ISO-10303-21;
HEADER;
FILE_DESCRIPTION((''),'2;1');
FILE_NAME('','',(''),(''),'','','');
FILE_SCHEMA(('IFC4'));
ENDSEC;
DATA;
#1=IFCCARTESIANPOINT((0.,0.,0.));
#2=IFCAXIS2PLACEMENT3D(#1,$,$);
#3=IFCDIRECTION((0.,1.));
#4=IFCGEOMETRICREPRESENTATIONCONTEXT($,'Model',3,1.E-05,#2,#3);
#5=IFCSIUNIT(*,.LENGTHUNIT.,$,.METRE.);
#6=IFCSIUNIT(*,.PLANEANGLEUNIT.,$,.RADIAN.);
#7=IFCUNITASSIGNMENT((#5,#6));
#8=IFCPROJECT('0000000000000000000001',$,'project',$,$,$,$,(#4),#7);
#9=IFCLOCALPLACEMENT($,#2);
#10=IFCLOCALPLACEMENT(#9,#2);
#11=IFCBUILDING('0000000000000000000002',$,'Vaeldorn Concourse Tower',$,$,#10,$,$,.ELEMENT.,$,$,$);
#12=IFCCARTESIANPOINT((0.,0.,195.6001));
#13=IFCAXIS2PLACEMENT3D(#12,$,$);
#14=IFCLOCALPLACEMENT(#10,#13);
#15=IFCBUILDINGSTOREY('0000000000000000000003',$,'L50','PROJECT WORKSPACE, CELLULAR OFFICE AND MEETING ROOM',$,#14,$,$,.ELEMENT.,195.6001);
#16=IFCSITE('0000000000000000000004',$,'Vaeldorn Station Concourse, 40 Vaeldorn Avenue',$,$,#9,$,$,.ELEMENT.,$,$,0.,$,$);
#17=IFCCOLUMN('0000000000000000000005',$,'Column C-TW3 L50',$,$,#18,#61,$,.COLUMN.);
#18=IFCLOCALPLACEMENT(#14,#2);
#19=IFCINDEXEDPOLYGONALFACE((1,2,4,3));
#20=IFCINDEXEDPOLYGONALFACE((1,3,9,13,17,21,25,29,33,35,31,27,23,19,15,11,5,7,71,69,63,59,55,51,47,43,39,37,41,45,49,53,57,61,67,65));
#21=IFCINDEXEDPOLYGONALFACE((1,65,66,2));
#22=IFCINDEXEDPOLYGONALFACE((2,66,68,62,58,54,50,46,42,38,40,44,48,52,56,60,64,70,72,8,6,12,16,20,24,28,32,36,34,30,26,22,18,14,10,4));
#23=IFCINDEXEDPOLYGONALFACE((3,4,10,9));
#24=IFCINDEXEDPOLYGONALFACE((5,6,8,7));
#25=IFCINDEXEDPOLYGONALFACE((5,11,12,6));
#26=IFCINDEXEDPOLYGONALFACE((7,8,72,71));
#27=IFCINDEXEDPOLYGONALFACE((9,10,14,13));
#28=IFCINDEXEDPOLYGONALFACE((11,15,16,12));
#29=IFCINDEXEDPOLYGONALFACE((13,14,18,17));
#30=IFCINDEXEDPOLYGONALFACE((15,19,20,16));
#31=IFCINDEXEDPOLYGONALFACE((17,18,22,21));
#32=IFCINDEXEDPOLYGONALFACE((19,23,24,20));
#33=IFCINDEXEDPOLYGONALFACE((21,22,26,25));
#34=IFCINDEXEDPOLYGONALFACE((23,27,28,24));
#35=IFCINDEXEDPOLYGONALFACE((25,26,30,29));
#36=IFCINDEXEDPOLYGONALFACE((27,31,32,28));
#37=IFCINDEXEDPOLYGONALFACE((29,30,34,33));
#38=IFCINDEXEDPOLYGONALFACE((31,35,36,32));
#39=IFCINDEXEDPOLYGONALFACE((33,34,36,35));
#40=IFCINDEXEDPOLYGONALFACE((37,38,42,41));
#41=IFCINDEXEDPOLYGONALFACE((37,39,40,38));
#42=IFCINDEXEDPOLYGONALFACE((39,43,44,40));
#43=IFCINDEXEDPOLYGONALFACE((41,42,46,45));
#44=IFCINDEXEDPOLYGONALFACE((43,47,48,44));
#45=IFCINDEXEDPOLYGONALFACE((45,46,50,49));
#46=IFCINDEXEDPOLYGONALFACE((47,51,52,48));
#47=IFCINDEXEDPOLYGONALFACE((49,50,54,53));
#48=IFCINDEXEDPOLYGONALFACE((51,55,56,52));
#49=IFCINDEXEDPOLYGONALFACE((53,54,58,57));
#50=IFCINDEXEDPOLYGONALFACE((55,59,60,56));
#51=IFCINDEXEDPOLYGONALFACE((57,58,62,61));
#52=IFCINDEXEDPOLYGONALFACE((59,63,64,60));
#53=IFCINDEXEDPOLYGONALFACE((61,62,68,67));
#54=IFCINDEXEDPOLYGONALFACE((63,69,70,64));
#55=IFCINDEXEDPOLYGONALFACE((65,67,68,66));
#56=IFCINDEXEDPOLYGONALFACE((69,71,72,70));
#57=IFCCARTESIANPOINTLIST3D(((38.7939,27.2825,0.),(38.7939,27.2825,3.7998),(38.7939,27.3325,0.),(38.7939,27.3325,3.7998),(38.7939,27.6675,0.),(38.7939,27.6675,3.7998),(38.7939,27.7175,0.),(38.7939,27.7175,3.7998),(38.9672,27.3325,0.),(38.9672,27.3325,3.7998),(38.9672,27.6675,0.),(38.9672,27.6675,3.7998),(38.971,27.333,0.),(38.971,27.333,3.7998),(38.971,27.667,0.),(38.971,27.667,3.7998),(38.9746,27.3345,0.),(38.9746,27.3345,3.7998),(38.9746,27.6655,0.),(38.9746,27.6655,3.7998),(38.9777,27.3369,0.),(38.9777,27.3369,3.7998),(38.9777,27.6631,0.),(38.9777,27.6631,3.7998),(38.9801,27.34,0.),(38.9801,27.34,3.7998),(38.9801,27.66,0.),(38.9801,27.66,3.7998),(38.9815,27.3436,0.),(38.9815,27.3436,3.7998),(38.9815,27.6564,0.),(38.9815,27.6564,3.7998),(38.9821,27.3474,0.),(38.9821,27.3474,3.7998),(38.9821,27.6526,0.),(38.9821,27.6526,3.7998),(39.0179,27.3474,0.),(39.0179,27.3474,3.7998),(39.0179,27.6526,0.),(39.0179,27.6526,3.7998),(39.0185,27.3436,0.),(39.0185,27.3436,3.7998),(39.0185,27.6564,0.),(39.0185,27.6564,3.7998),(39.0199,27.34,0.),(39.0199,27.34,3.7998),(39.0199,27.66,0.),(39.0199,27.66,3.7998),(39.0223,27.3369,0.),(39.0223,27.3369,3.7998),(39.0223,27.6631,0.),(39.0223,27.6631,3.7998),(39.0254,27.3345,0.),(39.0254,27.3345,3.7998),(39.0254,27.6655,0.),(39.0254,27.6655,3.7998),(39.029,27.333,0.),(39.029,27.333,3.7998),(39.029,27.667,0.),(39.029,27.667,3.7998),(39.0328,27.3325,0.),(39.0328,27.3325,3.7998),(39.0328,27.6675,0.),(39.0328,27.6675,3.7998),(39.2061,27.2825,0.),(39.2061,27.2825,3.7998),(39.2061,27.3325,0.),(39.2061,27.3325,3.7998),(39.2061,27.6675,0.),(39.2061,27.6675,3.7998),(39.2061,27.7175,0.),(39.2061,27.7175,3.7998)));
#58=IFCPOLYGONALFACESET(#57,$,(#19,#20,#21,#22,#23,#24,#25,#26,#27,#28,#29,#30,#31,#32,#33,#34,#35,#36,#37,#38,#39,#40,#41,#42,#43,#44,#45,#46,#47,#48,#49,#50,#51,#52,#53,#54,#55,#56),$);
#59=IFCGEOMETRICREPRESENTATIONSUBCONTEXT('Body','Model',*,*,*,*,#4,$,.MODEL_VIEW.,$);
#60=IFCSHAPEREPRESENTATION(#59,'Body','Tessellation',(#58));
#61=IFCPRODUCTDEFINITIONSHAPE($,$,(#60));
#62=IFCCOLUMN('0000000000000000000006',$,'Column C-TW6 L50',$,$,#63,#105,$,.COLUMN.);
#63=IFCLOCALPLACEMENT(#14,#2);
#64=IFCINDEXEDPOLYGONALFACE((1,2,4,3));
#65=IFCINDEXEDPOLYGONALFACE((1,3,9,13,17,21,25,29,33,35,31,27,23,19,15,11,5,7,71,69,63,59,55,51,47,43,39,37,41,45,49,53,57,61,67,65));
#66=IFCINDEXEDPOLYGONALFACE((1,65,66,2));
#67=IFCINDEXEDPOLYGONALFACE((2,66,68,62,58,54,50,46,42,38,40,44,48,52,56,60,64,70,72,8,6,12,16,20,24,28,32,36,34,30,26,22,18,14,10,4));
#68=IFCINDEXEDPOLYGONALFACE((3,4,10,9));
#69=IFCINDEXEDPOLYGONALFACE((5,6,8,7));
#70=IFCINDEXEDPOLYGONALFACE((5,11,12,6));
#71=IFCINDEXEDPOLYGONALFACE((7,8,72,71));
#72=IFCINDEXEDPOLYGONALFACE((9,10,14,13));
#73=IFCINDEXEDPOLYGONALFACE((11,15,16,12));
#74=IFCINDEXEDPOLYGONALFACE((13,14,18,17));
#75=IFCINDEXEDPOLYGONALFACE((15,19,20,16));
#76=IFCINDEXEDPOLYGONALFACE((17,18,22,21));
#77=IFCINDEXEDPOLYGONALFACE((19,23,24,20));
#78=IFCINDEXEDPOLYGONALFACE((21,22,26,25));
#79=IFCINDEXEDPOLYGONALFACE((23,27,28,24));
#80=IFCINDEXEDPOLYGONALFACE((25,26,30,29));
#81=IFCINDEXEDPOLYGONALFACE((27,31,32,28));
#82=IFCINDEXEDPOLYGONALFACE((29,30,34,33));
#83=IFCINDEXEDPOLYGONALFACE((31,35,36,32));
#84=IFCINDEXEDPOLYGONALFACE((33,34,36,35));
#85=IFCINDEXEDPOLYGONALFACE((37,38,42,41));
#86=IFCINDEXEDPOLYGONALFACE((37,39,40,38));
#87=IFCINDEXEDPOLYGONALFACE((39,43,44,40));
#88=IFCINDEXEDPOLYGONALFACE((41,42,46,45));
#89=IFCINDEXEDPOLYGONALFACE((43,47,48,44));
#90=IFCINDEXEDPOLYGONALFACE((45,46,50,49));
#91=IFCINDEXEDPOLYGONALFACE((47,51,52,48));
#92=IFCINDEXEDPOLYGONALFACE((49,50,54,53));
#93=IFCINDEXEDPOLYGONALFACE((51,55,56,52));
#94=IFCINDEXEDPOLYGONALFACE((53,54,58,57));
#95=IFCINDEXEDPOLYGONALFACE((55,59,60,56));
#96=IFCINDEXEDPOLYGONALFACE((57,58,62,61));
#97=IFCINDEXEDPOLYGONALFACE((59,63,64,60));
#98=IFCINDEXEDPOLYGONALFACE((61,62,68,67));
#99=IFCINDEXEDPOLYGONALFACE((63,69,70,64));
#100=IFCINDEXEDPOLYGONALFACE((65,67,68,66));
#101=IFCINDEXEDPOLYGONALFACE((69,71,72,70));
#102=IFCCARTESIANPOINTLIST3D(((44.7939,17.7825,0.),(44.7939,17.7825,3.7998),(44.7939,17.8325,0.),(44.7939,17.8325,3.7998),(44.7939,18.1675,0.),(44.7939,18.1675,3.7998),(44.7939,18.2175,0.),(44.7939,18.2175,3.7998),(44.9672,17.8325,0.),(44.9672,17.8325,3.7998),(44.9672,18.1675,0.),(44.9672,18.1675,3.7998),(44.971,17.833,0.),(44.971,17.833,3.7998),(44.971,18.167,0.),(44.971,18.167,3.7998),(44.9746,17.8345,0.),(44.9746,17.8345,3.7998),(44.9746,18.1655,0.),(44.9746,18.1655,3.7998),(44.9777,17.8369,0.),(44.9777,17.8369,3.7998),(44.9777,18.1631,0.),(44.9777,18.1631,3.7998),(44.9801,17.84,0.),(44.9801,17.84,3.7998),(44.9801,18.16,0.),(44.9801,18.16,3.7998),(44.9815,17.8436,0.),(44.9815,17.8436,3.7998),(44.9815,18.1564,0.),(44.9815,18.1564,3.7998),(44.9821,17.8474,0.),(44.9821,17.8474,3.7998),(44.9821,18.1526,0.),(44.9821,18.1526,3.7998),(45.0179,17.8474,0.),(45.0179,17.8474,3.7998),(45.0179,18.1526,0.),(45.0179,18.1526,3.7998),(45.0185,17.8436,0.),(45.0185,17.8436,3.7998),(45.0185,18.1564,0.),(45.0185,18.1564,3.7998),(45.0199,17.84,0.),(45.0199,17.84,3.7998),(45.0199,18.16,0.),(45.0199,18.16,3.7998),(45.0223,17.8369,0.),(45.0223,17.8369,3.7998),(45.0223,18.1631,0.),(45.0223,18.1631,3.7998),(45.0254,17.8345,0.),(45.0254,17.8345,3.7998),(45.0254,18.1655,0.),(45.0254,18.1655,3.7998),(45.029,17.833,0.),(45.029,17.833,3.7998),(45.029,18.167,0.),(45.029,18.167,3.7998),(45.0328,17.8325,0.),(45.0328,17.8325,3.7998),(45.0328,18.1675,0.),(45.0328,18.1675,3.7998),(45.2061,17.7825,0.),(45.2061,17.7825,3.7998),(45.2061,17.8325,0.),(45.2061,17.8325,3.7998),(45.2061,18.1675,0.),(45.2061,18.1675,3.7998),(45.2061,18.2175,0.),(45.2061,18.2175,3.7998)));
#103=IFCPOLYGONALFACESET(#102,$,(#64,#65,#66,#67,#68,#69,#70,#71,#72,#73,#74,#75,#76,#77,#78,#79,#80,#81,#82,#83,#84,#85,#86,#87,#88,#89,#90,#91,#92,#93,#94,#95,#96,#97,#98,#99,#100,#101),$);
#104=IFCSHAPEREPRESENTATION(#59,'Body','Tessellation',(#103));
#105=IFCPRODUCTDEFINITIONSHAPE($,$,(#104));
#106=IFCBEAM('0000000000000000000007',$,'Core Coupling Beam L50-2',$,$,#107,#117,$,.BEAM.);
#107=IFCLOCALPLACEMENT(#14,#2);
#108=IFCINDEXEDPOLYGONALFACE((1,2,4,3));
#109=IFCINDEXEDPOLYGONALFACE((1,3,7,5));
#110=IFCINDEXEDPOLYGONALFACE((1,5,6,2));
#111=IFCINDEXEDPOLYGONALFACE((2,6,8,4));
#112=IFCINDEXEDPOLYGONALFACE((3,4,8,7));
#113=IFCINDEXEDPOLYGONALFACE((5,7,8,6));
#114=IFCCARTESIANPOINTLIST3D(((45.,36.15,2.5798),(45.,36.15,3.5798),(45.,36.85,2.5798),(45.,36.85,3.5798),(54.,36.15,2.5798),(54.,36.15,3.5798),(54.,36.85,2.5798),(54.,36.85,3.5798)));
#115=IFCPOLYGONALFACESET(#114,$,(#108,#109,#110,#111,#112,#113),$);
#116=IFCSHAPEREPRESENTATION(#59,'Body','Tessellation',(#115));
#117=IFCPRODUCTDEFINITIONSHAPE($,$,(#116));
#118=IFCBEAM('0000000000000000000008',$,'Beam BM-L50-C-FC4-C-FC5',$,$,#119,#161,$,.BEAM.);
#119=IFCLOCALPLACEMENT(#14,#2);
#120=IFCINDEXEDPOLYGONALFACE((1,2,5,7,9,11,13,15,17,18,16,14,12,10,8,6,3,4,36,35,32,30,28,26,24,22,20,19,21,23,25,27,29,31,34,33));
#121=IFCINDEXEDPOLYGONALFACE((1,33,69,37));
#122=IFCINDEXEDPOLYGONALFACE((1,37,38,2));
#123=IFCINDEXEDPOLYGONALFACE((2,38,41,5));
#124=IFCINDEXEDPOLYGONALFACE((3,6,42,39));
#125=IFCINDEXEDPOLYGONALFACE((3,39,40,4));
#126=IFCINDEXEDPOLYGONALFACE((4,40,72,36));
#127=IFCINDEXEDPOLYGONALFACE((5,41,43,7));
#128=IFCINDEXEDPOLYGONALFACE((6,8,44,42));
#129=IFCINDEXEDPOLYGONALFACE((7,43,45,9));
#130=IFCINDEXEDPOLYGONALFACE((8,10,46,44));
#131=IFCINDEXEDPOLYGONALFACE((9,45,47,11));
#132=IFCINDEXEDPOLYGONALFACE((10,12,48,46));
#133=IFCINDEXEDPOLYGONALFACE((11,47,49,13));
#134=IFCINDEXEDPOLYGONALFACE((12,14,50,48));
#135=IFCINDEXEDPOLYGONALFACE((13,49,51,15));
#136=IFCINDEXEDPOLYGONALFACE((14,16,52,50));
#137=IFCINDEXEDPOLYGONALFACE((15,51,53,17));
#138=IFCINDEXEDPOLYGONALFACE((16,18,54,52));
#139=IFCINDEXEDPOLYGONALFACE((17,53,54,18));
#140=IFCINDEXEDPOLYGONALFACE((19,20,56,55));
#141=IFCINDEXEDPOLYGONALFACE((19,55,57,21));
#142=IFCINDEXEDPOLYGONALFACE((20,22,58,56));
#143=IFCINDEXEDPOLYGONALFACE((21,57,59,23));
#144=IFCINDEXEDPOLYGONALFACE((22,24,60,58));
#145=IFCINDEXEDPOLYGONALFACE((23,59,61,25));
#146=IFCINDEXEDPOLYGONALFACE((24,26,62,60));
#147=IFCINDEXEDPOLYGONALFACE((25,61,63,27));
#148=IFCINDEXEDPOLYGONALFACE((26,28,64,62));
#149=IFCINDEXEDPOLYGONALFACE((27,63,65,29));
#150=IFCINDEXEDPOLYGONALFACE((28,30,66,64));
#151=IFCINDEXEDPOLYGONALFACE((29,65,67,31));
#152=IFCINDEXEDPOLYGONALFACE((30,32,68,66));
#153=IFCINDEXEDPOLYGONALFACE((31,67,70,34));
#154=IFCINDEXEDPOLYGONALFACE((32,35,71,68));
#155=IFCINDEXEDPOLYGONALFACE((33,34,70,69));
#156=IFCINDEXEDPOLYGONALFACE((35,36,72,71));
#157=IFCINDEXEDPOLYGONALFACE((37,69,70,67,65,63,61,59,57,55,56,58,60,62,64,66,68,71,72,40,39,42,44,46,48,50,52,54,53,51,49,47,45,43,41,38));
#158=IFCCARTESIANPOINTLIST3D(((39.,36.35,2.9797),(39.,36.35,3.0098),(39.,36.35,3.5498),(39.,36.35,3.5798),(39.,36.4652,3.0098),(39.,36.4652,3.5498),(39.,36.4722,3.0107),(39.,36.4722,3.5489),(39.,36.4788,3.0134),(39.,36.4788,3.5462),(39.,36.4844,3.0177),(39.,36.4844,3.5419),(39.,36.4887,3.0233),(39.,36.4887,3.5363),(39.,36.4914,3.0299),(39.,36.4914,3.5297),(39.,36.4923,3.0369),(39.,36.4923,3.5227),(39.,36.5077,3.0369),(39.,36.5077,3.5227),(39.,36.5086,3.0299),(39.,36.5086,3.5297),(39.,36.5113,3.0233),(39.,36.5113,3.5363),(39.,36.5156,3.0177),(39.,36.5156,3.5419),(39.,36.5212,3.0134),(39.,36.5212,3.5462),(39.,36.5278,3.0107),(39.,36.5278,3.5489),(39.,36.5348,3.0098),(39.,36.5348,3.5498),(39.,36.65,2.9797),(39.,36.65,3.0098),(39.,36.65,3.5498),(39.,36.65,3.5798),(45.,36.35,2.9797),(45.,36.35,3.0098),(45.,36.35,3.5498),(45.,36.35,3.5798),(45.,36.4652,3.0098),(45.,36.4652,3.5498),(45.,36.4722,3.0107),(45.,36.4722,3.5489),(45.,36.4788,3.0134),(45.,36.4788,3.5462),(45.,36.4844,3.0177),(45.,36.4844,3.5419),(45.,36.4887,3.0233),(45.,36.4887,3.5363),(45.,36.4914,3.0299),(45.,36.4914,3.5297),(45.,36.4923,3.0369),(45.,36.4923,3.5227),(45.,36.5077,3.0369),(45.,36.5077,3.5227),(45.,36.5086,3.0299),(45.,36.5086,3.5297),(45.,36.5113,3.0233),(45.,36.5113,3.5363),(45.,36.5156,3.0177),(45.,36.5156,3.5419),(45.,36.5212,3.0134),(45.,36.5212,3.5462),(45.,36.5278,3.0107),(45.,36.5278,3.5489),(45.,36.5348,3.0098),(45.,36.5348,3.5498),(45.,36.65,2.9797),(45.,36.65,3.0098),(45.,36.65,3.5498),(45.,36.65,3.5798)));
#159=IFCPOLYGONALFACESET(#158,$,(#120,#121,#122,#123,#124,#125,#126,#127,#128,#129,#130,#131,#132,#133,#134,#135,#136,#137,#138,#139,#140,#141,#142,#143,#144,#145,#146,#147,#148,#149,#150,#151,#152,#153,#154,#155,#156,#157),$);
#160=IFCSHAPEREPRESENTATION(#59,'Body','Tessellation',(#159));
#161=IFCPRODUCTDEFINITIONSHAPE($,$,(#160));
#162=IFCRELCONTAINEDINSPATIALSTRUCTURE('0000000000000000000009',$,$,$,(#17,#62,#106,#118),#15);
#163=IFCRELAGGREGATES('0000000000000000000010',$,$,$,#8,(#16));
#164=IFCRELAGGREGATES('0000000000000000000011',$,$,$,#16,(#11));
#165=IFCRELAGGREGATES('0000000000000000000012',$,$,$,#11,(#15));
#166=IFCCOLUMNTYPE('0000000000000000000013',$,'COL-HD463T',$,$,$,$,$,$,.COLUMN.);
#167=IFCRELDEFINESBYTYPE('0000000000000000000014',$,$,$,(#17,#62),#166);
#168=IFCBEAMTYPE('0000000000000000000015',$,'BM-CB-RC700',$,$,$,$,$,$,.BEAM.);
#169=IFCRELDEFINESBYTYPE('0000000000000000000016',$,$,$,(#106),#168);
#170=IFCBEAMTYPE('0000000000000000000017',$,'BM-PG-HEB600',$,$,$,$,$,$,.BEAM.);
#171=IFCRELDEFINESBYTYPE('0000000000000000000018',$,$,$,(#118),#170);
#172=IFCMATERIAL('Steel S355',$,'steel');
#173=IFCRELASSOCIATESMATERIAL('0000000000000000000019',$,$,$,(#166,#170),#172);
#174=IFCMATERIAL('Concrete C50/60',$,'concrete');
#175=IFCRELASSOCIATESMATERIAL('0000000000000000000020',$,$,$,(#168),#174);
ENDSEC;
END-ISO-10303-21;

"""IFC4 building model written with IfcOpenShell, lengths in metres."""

from ifc_helpers import new_model, si_unit, direction, frame, origin, origin_2d, place, context, subcontext, project, spatial, rectangle, i_section, extrude, source, transform, mapped, material, material_profile, profile_set, type_object, element, save


model = new_model("IFC4")

# Units and contexts
model_context = context("Model", 3, precision=1e-05, world=origin(), true_north=direction((0.0, 1.0)))
body_context = subcontext(model_context, "Body", "Model", "MODEL_VIEW")
ifc_project = project(units=[si_unit("LENGTHUNIT", "METRE"), si_unit("PLANEANGLEUNIT", "RADIAN")], contexts=[model_context])

# Site, building, storey
site_placement = place(None, origin())
site = spatial("IfcSite", under=ifc_project, at=site_placement, Name="Vaeldorn Station Concourse, 40 Vaeldorn Avenue", CompositionType="ELEMENT", RefElevation=0.0)
building_placement = place(site_placement, origin())
building = spatial("IfcBuilding", under=site, at=building_placement, Name="Vaeldorn Concourse Tower", CompositionType="ELEMENT")
storey_placement = place(building_placement, frame((0.0, 0.0, 195.6001)))
storey = spatial("IfcBuildingStorey", under=building, at=storey_placement, Name="L50", Description="PROJECT WORKSPACE, CELLULAR OFFICE AND MEETING ROOM", CompositionType="ELEMENT", Elevation=195.6001)

# Columns
ifc_material_1 = material(Name="Steel S355", Category="steel")
ifc_material_profile_1 = material_profile(ifc_material_1, i_section(OverallWidth=0.4121, OverallDepth=0.4351, WebThickness=0.0359, FlangeThickness=0.05, FilletRadius=0.0149, at=origin_2d()), Name="HD 400x463")
ifc_profile_set_1 = profile_set([ifc_material_profile_1], Name="Steel S355")
column_type_1 = type_object("IfcColumnType", Name="COL-HD463T", PredefinedType="COLUMN", material=ifc_profile_set_1)
shared_shape_1 = source(origin(), body_context, "Body", "SweptSolid", [
    extrude(i_section(OverallWidth=0.4121, OverallDepth=0.4351, WebThickness=0.0359, FlangeThickness=0.05, FilletRadius=0.0149, at=origin_2d()), origin(), (0.0, 0.0, 1.0), 3.7998),
])
for number, where, z_axis, x_axis, name in (
    (1, (39.0, 27.5, 0.0), (0.0, 0.0, 1.0), (1.0, 0.0, 0.0), "Column C-TW3 L50"),
    (2, (45.0, 18.0, 0.0), (0.0, 0.0, 1.0), (1.0, 0.0, 0.0), "Column C-TW6 L50"),
):
    element("IfcColumn", number, at=place(storey_placement, frame(where, z_axis=z_axis, x_axis=x_axis)), inside=storey, type_object=column_type_1, Name=name, PredefinedType="COLUMN", context=body_context, shape_type="MappedRepresentation", body=[
        mapped(shared_shape_1, transform((0.0, 0.0, 0.0), scale=1.0)),
    ])

# Beams
ifc_material_2 = material(Name="Concrete C50/60", Category="concrete")
ifc_material_profile_2 = material_profile(ifc_material_2, rectangle(XDim=0.7, YDim=1.0, at=origin_2d()), Name="RC 700x1000")
ifc_profile_set_2 = profile_set([ifc_material_profile_2], Name="Concrete C50/60")
beam_type_1 = type_object("IfcBeamType", Name="BM-CB-RC700", PredefinedType="BEAM", material=ifc_profile_set_2)
shared_shape_2 = source(origin(), body_context, "Body", "SweptSolid", [
    extrude(rectangle(XDim=0.7, YDim=1.0, at=origin_2d()), origin(), (0.0, 0.0, 1.0), 9.0),
])
beam_1_placement = place(storey_placement, frame((45.0, 36.5, 3.0798), z_axis=(1.0, 0.0, 0.0), x_axis=(0.0, 1.0, 0.0)))
element("IfcBeam", 3, at=beam_1_placement, inside=storey, type_object=beam_type_1, Name="Core Coupling Beam L50-2", PredefinedType="BEAM", context=body_context, shape_type="MappedRepresentation", body=[
    mapped(shared_shape_2, transform((0.0, 0.0, 0.0), scale=1.0)),
])
ifc_material_profile_3 = material_profile(ifc_material_1, i_section(OverallWidth=0.3, OverallDepth=0.6001, WebThickness=0.0154, FlangeThickness=0.03, FilletRadius=0.0271, at=origin_2d()), Name="HEB 600")
ifc_profile_set_3 = profile_set([ifc_material_profile_3], Name="Steel S355")
beam_type_2 = type_object("IfcBeamType", Name="BM-PG-HEB600", PredefinedType="BEAM", material=ifc_profile_set_3)
shared_shape_3 = source(origin(), body_context, "Body", "SweptSolid", [
    extrude(i_section(OverallWidth=0.3, OverallDepth=0.6001, WebThickness=0.0154, FlangeThickness=0.03, FilletRadius=0.0271, at=origin_2d()), origin(), (0.0, 0.0, 1.0), 6.0),
])
for number, where, z_axis, x_axis, name in (
    (4, (39.0, 36.5, 3.2798), (1.0, 0.0, 0.0), (0.0, 1.0, 0.0), "Beam BM-L50-C-FC4-C-FC5"),
):
    element("IfcBeam", number, at=place(storey_placement, frame(where, z_axis=z_axis, x_axis=x_axis)), inside=storey, type_object=beam_type_2, Name=name, PredefinedType="BEAM", context=body_context, shape_type="MappedRepresentation", body=[
        mapped(shared_shape_3, transform((0.0, 0.0, 0.0), scale=1.0)),
    ])

save(model, "model.ifc")
